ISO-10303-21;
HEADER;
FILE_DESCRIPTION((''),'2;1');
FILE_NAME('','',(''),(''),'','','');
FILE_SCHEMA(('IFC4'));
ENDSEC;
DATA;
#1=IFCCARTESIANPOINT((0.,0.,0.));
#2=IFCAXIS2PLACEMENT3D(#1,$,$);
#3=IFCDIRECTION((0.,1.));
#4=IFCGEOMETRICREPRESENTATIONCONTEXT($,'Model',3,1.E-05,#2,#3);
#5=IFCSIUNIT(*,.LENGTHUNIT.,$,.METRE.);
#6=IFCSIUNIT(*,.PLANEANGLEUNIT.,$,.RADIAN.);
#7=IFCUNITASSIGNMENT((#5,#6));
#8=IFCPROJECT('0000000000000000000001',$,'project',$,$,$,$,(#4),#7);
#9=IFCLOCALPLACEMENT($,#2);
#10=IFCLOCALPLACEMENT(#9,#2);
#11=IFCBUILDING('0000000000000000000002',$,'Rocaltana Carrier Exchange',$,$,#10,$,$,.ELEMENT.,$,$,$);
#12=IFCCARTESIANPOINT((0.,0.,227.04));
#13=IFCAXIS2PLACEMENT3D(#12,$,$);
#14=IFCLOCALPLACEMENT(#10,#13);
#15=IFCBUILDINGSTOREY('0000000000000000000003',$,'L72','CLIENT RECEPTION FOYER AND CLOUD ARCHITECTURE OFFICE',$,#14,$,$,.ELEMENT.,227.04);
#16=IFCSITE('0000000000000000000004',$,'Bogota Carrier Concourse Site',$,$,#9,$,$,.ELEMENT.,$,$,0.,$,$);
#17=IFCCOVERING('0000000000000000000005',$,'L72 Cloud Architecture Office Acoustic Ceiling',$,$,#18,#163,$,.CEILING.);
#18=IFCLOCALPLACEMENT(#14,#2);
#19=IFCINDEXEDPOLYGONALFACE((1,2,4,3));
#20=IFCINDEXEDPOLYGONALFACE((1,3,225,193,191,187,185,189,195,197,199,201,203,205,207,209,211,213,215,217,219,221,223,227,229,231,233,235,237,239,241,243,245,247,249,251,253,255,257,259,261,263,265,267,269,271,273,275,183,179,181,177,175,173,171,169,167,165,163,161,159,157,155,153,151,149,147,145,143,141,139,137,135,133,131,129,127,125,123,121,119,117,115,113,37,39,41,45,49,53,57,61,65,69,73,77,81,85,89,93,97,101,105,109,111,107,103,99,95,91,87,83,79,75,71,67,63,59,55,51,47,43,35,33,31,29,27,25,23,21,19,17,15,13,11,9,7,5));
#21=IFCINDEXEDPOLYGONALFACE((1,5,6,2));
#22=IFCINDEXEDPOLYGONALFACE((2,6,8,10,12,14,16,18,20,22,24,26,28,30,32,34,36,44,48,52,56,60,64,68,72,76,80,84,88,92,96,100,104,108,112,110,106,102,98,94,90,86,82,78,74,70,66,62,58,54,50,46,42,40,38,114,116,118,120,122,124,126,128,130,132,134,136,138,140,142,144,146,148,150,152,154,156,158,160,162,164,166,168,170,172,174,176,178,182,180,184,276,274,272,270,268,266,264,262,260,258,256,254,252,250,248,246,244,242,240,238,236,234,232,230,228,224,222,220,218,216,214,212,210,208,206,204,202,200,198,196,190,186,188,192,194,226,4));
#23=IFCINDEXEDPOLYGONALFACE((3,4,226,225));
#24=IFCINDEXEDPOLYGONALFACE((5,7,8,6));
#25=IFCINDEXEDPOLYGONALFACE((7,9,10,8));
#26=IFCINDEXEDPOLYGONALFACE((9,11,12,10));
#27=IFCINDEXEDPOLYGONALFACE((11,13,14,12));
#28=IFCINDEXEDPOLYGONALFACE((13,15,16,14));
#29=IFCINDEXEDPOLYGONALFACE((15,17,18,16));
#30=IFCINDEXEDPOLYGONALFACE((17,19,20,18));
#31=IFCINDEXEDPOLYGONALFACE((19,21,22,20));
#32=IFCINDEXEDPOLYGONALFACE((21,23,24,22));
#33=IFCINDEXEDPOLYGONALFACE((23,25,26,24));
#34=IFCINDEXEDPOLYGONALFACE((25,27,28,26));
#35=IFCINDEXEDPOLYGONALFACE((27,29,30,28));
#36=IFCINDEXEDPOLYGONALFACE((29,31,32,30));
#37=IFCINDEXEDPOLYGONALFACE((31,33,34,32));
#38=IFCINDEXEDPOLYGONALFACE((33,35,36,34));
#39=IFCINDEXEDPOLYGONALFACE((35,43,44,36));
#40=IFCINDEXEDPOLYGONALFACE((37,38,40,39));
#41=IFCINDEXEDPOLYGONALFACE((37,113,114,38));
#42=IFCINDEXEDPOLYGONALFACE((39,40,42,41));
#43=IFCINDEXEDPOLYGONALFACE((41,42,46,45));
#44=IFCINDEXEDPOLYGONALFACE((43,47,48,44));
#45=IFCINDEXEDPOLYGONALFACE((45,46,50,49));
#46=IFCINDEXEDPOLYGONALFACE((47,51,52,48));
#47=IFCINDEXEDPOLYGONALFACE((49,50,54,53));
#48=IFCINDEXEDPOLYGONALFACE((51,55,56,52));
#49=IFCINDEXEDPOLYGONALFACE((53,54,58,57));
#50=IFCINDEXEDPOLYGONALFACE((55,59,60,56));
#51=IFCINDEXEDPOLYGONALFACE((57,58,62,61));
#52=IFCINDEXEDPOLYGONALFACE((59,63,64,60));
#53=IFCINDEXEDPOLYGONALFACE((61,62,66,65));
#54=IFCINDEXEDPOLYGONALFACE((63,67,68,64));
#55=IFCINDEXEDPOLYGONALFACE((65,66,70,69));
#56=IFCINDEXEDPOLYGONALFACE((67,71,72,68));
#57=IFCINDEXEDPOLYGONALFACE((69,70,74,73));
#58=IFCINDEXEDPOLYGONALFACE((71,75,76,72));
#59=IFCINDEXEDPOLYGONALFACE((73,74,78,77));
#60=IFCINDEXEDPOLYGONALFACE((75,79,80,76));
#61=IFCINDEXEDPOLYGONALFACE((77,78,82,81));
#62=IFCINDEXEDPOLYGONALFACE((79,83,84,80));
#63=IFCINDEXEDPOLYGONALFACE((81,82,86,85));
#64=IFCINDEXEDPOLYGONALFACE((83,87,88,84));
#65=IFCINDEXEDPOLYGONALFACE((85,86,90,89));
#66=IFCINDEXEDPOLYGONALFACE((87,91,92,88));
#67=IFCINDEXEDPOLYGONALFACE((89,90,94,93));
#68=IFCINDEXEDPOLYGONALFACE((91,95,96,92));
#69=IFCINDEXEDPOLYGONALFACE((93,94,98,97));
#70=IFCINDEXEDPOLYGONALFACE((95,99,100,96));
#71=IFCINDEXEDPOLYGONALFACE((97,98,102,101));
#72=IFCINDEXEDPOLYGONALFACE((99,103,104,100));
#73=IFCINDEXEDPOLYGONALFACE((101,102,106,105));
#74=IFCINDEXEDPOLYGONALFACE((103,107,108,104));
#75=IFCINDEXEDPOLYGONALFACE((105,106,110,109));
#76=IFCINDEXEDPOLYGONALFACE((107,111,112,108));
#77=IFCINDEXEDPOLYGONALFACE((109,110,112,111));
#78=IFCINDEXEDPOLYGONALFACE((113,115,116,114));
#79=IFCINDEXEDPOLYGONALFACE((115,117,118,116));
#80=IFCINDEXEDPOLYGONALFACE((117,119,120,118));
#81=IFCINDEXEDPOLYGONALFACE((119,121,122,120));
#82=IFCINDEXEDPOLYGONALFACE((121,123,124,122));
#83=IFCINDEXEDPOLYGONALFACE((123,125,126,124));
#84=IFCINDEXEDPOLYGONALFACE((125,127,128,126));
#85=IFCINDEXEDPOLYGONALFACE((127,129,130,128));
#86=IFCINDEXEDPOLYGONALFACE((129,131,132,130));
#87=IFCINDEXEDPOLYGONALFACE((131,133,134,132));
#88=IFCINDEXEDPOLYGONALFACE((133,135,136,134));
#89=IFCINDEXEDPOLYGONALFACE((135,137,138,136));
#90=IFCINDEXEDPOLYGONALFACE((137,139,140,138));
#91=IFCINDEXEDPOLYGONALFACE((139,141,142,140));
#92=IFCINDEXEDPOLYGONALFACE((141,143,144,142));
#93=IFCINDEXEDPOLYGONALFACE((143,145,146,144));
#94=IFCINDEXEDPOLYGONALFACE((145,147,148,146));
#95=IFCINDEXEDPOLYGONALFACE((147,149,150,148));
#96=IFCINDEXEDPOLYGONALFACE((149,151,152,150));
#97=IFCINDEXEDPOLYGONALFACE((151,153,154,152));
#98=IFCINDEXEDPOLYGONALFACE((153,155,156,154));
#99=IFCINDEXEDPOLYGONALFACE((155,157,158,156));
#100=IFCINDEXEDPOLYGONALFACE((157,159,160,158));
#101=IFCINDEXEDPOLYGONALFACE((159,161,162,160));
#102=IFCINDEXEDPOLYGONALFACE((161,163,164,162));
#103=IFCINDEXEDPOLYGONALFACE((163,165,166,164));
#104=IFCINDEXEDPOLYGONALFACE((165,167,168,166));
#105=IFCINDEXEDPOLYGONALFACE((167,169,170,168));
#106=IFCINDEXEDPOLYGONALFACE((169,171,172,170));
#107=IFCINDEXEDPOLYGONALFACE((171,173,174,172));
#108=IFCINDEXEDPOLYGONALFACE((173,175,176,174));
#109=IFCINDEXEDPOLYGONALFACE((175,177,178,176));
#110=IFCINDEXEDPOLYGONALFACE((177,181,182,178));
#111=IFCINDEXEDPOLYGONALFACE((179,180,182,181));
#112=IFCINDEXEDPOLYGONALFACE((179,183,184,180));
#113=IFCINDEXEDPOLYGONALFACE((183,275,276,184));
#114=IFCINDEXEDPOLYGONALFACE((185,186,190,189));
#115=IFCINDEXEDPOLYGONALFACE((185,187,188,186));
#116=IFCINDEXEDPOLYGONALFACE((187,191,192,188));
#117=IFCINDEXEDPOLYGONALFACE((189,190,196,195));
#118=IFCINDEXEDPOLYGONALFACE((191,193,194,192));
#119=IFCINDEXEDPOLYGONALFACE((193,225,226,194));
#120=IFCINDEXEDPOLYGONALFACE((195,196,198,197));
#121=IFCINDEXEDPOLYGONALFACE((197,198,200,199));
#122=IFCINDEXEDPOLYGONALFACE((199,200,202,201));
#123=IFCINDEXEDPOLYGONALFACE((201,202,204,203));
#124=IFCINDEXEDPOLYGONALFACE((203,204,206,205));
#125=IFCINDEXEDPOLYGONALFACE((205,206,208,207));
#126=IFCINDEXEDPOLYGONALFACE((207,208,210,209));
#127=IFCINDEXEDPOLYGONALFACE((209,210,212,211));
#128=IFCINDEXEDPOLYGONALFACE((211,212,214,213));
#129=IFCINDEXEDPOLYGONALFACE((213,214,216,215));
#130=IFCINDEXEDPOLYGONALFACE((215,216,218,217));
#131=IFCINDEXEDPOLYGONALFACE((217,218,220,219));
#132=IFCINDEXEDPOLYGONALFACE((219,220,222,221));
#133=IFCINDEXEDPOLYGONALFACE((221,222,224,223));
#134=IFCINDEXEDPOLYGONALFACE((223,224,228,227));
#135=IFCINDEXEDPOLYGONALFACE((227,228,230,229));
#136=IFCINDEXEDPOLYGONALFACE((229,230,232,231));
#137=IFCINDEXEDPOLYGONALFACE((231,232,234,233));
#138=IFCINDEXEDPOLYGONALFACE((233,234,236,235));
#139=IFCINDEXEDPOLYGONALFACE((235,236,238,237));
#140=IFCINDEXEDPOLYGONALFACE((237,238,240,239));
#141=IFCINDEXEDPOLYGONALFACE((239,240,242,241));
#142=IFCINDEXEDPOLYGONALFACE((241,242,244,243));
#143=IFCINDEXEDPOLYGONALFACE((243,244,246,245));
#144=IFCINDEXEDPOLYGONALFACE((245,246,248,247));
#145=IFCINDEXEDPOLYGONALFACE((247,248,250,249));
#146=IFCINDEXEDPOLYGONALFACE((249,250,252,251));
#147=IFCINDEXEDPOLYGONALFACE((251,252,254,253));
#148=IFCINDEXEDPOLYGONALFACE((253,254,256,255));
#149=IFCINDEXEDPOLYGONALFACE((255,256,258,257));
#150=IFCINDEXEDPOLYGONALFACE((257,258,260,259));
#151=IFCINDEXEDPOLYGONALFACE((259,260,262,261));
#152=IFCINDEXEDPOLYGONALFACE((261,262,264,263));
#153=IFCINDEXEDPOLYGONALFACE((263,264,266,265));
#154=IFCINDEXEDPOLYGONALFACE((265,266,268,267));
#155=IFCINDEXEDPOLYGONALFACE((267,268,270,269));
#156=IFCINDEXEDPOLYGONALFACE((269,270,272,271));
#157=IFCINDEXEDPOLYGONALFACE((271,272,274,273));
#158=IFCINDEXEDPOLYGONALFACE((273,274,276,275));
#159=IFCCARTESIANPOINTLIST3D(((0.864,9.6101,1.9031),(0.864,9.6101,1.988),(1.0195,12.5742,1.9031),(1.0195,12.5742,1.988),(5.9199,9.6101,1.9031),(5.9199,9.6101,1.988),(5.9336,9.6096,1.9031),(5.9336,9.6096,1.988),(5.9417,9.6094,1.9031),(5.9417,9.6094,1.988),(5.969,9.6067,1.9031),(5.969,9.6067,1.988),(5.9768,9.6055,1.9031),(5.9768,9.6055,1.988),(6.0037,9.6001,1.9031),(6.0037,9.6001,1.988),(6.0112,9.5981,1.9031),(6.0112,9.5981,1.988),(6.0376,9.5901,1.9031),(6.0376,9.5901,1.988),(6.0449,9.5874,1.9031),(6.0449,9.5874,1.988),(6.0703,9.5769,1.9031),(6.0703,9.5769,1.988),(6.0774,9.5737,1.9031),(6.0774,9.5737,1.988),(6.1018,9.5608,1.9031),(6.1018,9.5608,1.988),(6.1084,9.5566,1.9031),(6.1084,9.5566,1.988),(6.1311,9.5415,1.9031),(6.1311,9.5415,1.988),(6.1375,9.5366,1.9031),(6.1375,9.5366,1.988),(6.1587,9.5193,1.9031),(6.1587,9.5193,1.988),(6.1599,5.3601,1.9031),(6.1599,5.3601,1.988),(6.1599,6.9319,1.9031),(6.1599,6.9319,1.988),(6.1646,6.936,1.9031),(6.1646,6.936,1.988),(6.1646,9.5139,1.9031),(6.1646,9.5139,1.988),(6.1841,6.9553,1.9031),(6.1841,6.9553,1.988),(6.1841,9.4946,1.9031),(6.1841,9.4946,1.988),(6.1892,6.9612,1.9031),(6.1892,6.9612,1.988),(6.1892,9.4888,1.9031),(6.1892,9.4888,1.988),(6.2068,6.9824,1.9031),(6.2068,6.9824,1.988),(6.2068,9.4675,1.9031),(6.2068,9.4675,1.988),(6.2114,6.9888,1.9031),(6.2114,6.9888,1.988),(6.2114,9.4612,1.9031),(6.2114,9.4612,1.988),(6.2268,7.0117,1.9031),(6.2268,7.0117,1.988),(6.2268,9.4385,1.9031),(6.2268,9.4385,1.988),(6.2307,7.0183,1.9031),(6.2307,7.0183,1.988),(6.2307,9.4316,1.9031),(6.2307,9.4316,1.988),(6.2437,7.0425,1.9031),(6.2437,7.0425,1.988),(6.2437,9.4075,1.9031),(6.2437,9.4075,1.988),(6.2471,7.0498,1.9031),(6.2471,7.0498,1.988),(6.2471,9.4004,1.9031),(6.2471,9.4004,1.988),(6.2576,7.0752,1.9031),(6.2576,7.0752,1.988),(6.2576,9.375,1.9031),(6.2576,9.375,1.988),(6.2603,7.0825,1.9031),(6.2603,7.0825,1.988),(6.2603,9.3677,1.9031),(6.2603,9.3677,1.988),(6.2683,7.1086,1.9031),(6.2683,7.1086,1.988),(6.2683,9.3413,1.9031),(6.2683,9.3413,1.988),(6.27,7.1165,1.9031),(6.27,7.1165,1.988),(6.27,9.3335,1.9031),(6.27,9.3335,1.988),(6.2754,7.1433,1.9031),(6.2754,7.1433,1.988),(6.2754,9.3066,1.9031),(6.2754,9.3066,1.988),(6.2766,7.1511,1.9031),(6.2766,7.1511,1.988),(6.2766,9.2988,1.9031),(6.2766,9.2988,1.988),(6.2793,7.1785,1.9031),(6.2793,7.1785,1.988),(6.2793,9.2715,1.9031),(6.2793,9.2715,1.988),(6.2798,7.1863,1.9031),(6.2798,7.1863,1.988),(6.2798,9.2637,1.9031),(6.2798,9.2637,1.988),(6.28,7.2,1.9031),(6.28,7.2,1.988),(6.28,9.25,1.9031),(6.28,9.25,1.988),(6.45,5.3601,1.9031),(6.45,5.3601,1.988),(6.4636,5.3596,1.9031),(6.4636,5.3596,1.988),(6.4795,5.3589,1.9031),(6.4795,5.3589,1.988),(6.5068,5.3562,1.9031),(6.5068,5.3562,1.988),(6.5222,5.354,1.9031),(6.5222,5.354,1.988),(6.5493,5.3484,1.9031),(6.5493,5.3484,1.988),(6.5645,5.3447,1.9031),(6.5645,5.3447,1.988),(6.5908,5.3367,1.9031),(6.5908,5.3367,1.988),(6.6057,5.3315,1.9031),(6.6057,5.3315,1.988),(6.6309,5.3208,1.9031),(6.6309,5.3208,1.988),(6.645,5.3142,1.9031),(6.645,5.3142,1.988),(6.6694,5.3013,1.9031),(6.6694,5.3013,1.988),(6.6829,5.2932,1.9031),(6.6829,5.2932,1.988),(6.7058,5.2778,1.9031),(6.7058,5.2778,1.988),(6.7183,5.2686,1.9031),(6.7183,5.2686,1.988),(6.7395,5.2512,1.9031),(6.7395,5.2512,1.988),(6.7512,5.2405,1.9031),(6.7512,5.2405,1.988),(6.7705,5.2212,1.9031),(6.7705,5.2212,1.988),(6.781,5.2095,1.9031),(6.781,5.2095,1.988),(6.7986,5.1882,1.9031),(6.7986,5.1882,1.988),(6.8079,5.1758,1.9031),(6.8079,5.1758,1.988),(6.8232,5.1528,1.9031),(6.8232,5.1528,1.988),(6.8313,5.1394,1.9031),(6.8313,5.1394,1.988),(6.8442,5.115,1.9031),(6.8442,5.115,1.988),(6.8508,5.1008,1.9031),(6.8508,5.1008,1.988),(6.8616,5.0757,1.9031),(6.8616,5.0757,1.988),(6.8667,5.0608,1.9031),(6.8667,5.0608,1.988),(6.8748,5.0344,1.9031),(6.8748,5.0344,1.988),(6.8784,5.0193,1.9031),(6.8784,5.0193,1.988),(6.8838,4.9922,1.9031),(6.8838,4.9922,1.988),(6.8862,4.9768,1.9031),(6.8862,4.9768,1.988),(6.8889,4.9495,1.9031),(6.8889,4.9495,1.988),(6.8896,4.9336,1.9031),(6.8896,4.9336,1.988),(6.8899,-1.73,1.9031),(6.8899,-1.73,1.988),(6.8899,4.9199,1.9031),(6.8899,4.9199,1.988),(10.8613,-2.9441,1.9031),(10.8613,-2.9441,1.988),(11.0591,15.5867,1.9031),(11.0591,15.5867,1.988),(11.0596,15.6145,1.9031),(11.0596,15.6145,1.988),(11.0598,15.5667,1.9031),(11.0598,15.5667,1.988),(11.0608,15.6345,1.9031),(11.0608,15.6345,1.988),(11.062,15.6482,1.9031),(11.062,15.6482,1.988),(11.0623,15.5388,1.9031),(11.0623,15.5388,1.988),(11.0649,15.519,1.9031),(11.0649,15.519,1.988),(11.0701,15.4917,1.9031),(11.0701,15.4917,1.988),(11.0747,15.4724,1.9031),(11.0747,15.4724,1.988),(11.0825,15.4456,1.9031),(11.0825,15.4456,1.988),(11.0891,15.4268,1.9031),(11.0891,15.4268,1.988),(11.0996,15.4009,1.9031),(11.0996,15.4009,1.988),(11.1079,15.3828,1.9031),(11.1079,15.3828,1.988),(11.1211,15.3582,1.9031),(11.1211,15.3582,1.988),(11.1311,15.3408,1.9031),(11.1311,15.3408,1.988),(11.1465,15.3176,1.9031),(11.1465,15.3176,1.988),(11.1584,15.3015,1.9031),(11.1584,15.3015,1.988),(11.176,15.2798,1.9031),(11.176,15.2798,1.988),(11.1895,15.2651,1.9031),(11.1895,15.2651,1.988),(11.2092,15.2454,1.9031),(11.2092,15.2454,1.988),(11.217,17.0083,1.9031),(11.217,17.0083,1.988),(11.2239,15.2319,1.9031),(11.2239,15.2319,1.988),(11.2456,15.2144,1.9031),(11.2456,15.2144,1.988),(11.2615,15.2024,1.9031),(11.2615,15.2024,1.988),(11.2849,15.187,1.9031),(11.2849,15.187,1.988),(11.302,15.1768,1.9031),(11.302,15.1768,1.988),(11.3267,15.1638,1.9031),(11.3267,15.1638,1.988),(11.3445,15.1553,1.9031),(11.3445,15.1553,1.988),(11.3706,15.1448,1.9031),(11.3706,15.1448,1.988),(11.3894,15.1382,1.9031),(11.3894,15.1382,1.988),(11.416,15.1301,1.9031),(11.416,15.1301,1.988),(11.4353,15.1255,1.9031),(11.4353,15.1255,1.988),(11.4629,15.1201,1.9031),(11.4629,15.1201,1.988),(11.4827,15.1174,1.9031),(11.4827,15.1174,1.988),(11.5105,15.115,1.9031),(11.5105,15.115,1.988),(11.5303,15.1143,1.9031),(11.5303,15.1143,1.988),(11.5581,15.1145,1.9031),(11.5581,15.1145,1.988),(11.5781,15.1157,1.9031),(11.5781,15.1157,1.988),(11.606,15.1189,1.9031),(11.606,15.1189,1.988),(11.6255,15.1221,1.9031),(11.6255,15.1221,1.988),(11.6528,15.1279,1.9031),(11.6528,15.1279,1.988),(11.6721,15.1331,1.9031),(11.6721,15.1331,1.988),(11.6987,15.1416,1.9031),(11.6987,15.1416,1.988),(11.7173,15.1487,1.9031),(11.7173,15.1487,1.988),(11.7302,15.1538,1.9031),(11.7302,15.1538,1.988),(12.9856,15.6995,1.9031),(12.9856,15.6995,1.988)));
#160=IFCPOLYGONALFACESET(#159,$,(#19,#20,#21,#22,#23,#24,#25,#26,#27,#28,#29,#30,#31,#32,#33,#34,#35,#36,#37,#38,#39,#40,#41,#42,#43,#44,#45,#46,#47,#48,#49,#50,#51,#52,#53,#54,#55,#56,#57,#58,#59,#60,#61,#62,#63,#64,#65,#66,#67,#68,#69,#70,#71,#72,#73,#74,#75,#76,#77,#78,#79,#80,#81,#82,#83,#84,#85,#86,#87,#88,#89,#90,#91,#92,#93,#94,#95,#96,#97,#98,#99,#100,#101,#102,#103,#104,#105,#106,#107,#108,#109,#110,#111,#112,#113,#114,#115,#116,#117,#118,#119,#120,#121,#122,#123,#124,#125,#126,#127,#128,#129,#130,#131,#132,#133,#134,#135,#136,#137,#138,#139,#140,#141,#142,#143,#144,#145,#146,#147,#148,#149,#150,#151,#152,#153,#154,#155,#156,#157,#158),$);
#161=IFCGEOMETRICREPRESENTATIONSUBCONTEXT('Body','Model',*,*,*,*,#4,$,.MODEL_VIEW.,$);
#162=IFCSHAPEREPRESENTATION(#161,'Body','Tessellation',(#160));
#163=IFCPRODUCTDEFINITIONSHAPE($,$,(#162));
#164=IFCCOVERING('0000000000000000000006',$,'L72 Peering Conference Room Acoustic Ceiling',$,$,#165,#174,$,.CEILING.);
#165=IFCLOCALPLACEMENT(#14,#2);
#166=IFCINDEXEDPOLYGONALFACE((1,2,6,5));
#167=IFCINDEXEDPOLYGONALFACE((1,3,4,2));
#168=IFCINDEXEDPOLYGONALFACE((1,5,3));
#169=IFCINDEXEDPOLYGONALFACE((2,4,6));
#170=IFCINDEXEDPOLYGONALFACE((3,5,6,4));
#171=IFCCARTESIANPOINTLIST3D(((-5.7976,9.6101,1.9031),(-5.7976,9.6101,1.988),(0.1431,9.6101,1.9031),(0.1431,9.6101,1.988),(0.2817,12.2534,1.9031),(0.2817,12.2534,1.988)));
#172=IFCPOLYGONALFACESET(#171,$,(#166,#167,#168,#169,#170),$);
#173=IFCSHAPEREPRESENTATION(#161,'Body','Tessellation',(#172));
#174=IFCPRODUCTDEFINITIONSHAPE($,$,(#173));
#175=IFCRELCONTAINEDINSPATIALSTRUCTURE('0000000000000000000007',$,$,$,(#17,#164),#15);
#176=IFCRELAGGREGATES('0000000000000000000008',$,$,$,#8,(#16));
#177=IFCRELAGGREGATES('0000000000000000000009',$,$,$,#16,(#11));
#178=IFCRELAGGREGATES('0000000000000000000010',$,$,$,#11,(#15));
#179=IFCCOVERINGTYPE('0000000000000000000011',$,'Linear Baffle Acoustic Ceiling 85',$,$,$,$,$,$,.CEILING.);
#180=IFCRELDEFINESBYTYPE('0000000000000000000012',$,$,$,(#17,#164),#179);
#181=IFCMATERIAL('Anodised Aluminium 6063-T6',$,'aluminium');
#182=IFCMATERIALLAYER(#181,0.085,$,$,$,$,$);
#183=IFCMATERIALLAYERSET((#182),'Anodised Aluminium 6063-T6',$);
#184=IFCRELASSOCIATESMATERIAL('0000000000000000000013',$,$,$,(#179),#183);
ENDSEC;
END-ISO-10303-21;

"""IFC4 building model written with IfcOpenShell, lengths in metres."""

from ifc_helpers import new_model, si_unit, direction, frame, origin, place, context, subcontext, project, spatial, polyline, outline, extrude, material, layer, layer_set, type_object, element, save


model = new_model("IFC4")

# Units and contexts
model_context = context("Model", 3, precision=1e-05, world=origin(), true_north=direction((0.0, 1.0)))
body_context = subcontext(model_context, "Body", "Model", "MODEL_VIEW")
ifc_project = project(units=[si_unit("LENGTHUNIT", "METRE"), si_unit("PLANEANGLEUNIT", "RADIAN")], contexts=[model_context])

# Site, building, storey
site_placement = place(None, origin())
site = spatial("IfcSite", under=ifc_project, at=site_placement, Name="Bogota Carrier Concourse Site", CompositionType="ELEMENT", RefElevation=0.0)
building_placement = place(site_placement, origin())
building = spatial("IfcBuilding", under=site, at=building_placement, Name="Rocaltana Carrier Exchange", CompositionType="ELEMENT")
storey_placement = place(building_placement, frame((0.0, 0.0, 227.04)))
storey = spatial("IfcBuildingStorey", under=building, at=storey_placement, Name="L72", Description="CLIENT RECEPTION FOYER AND CLOUD ARCHITECTURE OFFICE", CompositionType="ELEMENT", Elevation=227.04)

# Coverings
ifc_material_1 = material(Name="Anodised Aluminium 6063-T6", Category="aluminium")
ifc_layer_1 = layer(ifc_material_1, 0.085)
ifc_layer_set_1 = layer_set([ifc_layer_1], Name="Anodised Aluminium 6063-T6")
covering_type_1 = type_object("IfcCoveringType", Name="Linear Baffle Acoustic Ceiling 85", PredefinedType="CEILING", material=ifc_layer_set_1)
covering_1_placement = place(storey_placement, frame((0.0, 0.0, 1.9031)))
element("IfcCovering", 1, at=covering_1_placement, inside=storey, type_object=covering_type_1, Name="L72 Cloud Architecture Office Acoustic Ceiling", PredefinedType="CEILING", context=body_context, shape_type="SweptSolid", body=[
    extrude(outline(polyline([(6.1599, 6.9319), (6.1646, 6.936), (6.1841, 6.9553), (6.1892, 6.9612), (6.2068, 6.9824), (6.2114, 6.9888), (6.2268, 7.0117), (6.2307, 7.0183), (6.2437, 7.0425), (6.2471, 7.0498), (6.2576, 7.0752), (6.2603, 7.0825), (6.2683, 7.1086), (6.27, 7.1165), (6.2754, 7.1433), (6.2766, 7.1511), (6.2793, 7.1785), (6.2798, 7.1863), (6.28, 7.2), (6.28, 9.25), (6.2798, 9.2637), (6.2793, 9.2715), (6.2766, 9.2988), (6.2754, 9.3066), (6.27, 9.3335), (6.2683, 9.3413), (6.2603, 9.3677), (6.2576, 9.375), (6.2471, 9.4004), (6.2437, 9.4075), (6.2307, 9.4316), (6.2268, 9.4385), (6.2114, 9.4612), (6.2068, 9.4675), (6.1892, 9.4888), (6.1841, 9.4946), (6.1646, 9.5139), (6.1587, 9.5193), (6.1375, 9.5366), (6.1311, 9.5415), (6.1084, 9.5566), (6.1018, 9.5608), (6.0774, 9.5737), (6.0703, 9.5769), (6.0449, 9.5874), (6.0376, 9.5901), (6.0112, 9.5981), (6.0037, 9.6001), (5.9768, 9.6055), (5.969, 9.6067), (5.9417, 9.6094), (5.9336, 9.6096), (5.9199, 9.6101), (0.864, 9.6101), (1.0195, 12.5742), (11.217, 17.0083), (11.062, 15.6482), (11.0608, 15.6345), (11.0596, 15.6145), (11.0591, 15.5867), (11.0598, 15.5667), (11.0623, 15.5388), (11.0649, 15.519), (11.0701, 15.4917), (11.0747, 15.4724), (11.0825, 15.4456), (11.0891, 15.4268), (11.0996, 15.4009), (11.1079, 15.3828), (11.1211, 15.3582), (11.1311, 15.3408), (11.1465, 15.3176), (11.1584, 15.3015), (11.176, 15.2798), (11.1895, 15.2651), (11.2092, 15.2454), (11.2239, 15.2319), (11.2456, 15.2144), (11.2615, 15.2024), (11.2849, 15.187), (11.302, 15.1768), (11.3267, 15.1638), (11.3445, 15.1553), (11.3706, 15.1448), (11.3894, 15.1382), (11.416, 15.1301), (11.4353, 15.1255), (11.4629, 15.1201), (11.4827, 15.1174), (11.5105, 15.115), (11.5303, 15.1143), (11.5581, 15.1145), (11.5781, 15.1157), (11.606, 15.1189), (11.6255, 15.1221), (11.6528, 15.1279), (11.6721, 15.1331), (11.6987, 15.1416), (11.7173, 15.1487), (11.7302, 15.1538), (12.9856, 15.6995), (10.8613, -2.9441), (6.8899, -1.73), (6.8899, 4.9199), (6.8896, 4.9336), (6.8889, 4.9495), (6.8862, 4.9768), (6.8838, 4.9922), (6.8784, 5.0193), (6.8748, 5.0344), (6.8667, 5.0608), (6.8616, 5.0757), (6.8508, 5.1008), (6.8442, 5.115), (6.8313, 5.1394), (6.8232, 5.1528), (6.8079, 5.1758), (6.7986, 5.1882), (6.781, 5.2095), (6.7705, 5.2212), (6.7512, 5.2405), (6.7395, 5.2512), (6.7183, 5.2686), (6.7058, 5.2778), (6.6829, 5.2932), (6.6694, 5.3013), (6.645, 5.3142), (6.6309, 5.3208), (6.6057, 5.3315), (6.5908, 5.3367), (6.5645, 5.3447), (6.5493, 5.3484), (6.5222, 5.354), (6.5068, 5.3562), (6.4795, 5.3589), (6.4636, 5.3596), (6.45, 5.3601), (6.1599, 5.3601), (6.1599, 6.9319)])), origin(), (0.0, 0.0, 1.0), 0.085),
])
covering_2_placement = place(storey_placement, frame((0.0, 0.0, 1.9031)))
element("IfcCovering", 2, at=covering_2_placement, inside=storey, type_object=covering_type_1, Name="L72 Peering Conference Room Acoustic Ceiling", PredefinedType="CEILING", context=body_context, shape_type="SweptSolid", body=[
    extrude(outline(polyline([(-5.7976, 9.6101), (0.2817, 12.2534), (0.1431, 9.6101), (-5.7976, 9.6101)])), origin(), (0.0, 0.0, 1.0), 0.085),
])

save(model, "model.ifc")
